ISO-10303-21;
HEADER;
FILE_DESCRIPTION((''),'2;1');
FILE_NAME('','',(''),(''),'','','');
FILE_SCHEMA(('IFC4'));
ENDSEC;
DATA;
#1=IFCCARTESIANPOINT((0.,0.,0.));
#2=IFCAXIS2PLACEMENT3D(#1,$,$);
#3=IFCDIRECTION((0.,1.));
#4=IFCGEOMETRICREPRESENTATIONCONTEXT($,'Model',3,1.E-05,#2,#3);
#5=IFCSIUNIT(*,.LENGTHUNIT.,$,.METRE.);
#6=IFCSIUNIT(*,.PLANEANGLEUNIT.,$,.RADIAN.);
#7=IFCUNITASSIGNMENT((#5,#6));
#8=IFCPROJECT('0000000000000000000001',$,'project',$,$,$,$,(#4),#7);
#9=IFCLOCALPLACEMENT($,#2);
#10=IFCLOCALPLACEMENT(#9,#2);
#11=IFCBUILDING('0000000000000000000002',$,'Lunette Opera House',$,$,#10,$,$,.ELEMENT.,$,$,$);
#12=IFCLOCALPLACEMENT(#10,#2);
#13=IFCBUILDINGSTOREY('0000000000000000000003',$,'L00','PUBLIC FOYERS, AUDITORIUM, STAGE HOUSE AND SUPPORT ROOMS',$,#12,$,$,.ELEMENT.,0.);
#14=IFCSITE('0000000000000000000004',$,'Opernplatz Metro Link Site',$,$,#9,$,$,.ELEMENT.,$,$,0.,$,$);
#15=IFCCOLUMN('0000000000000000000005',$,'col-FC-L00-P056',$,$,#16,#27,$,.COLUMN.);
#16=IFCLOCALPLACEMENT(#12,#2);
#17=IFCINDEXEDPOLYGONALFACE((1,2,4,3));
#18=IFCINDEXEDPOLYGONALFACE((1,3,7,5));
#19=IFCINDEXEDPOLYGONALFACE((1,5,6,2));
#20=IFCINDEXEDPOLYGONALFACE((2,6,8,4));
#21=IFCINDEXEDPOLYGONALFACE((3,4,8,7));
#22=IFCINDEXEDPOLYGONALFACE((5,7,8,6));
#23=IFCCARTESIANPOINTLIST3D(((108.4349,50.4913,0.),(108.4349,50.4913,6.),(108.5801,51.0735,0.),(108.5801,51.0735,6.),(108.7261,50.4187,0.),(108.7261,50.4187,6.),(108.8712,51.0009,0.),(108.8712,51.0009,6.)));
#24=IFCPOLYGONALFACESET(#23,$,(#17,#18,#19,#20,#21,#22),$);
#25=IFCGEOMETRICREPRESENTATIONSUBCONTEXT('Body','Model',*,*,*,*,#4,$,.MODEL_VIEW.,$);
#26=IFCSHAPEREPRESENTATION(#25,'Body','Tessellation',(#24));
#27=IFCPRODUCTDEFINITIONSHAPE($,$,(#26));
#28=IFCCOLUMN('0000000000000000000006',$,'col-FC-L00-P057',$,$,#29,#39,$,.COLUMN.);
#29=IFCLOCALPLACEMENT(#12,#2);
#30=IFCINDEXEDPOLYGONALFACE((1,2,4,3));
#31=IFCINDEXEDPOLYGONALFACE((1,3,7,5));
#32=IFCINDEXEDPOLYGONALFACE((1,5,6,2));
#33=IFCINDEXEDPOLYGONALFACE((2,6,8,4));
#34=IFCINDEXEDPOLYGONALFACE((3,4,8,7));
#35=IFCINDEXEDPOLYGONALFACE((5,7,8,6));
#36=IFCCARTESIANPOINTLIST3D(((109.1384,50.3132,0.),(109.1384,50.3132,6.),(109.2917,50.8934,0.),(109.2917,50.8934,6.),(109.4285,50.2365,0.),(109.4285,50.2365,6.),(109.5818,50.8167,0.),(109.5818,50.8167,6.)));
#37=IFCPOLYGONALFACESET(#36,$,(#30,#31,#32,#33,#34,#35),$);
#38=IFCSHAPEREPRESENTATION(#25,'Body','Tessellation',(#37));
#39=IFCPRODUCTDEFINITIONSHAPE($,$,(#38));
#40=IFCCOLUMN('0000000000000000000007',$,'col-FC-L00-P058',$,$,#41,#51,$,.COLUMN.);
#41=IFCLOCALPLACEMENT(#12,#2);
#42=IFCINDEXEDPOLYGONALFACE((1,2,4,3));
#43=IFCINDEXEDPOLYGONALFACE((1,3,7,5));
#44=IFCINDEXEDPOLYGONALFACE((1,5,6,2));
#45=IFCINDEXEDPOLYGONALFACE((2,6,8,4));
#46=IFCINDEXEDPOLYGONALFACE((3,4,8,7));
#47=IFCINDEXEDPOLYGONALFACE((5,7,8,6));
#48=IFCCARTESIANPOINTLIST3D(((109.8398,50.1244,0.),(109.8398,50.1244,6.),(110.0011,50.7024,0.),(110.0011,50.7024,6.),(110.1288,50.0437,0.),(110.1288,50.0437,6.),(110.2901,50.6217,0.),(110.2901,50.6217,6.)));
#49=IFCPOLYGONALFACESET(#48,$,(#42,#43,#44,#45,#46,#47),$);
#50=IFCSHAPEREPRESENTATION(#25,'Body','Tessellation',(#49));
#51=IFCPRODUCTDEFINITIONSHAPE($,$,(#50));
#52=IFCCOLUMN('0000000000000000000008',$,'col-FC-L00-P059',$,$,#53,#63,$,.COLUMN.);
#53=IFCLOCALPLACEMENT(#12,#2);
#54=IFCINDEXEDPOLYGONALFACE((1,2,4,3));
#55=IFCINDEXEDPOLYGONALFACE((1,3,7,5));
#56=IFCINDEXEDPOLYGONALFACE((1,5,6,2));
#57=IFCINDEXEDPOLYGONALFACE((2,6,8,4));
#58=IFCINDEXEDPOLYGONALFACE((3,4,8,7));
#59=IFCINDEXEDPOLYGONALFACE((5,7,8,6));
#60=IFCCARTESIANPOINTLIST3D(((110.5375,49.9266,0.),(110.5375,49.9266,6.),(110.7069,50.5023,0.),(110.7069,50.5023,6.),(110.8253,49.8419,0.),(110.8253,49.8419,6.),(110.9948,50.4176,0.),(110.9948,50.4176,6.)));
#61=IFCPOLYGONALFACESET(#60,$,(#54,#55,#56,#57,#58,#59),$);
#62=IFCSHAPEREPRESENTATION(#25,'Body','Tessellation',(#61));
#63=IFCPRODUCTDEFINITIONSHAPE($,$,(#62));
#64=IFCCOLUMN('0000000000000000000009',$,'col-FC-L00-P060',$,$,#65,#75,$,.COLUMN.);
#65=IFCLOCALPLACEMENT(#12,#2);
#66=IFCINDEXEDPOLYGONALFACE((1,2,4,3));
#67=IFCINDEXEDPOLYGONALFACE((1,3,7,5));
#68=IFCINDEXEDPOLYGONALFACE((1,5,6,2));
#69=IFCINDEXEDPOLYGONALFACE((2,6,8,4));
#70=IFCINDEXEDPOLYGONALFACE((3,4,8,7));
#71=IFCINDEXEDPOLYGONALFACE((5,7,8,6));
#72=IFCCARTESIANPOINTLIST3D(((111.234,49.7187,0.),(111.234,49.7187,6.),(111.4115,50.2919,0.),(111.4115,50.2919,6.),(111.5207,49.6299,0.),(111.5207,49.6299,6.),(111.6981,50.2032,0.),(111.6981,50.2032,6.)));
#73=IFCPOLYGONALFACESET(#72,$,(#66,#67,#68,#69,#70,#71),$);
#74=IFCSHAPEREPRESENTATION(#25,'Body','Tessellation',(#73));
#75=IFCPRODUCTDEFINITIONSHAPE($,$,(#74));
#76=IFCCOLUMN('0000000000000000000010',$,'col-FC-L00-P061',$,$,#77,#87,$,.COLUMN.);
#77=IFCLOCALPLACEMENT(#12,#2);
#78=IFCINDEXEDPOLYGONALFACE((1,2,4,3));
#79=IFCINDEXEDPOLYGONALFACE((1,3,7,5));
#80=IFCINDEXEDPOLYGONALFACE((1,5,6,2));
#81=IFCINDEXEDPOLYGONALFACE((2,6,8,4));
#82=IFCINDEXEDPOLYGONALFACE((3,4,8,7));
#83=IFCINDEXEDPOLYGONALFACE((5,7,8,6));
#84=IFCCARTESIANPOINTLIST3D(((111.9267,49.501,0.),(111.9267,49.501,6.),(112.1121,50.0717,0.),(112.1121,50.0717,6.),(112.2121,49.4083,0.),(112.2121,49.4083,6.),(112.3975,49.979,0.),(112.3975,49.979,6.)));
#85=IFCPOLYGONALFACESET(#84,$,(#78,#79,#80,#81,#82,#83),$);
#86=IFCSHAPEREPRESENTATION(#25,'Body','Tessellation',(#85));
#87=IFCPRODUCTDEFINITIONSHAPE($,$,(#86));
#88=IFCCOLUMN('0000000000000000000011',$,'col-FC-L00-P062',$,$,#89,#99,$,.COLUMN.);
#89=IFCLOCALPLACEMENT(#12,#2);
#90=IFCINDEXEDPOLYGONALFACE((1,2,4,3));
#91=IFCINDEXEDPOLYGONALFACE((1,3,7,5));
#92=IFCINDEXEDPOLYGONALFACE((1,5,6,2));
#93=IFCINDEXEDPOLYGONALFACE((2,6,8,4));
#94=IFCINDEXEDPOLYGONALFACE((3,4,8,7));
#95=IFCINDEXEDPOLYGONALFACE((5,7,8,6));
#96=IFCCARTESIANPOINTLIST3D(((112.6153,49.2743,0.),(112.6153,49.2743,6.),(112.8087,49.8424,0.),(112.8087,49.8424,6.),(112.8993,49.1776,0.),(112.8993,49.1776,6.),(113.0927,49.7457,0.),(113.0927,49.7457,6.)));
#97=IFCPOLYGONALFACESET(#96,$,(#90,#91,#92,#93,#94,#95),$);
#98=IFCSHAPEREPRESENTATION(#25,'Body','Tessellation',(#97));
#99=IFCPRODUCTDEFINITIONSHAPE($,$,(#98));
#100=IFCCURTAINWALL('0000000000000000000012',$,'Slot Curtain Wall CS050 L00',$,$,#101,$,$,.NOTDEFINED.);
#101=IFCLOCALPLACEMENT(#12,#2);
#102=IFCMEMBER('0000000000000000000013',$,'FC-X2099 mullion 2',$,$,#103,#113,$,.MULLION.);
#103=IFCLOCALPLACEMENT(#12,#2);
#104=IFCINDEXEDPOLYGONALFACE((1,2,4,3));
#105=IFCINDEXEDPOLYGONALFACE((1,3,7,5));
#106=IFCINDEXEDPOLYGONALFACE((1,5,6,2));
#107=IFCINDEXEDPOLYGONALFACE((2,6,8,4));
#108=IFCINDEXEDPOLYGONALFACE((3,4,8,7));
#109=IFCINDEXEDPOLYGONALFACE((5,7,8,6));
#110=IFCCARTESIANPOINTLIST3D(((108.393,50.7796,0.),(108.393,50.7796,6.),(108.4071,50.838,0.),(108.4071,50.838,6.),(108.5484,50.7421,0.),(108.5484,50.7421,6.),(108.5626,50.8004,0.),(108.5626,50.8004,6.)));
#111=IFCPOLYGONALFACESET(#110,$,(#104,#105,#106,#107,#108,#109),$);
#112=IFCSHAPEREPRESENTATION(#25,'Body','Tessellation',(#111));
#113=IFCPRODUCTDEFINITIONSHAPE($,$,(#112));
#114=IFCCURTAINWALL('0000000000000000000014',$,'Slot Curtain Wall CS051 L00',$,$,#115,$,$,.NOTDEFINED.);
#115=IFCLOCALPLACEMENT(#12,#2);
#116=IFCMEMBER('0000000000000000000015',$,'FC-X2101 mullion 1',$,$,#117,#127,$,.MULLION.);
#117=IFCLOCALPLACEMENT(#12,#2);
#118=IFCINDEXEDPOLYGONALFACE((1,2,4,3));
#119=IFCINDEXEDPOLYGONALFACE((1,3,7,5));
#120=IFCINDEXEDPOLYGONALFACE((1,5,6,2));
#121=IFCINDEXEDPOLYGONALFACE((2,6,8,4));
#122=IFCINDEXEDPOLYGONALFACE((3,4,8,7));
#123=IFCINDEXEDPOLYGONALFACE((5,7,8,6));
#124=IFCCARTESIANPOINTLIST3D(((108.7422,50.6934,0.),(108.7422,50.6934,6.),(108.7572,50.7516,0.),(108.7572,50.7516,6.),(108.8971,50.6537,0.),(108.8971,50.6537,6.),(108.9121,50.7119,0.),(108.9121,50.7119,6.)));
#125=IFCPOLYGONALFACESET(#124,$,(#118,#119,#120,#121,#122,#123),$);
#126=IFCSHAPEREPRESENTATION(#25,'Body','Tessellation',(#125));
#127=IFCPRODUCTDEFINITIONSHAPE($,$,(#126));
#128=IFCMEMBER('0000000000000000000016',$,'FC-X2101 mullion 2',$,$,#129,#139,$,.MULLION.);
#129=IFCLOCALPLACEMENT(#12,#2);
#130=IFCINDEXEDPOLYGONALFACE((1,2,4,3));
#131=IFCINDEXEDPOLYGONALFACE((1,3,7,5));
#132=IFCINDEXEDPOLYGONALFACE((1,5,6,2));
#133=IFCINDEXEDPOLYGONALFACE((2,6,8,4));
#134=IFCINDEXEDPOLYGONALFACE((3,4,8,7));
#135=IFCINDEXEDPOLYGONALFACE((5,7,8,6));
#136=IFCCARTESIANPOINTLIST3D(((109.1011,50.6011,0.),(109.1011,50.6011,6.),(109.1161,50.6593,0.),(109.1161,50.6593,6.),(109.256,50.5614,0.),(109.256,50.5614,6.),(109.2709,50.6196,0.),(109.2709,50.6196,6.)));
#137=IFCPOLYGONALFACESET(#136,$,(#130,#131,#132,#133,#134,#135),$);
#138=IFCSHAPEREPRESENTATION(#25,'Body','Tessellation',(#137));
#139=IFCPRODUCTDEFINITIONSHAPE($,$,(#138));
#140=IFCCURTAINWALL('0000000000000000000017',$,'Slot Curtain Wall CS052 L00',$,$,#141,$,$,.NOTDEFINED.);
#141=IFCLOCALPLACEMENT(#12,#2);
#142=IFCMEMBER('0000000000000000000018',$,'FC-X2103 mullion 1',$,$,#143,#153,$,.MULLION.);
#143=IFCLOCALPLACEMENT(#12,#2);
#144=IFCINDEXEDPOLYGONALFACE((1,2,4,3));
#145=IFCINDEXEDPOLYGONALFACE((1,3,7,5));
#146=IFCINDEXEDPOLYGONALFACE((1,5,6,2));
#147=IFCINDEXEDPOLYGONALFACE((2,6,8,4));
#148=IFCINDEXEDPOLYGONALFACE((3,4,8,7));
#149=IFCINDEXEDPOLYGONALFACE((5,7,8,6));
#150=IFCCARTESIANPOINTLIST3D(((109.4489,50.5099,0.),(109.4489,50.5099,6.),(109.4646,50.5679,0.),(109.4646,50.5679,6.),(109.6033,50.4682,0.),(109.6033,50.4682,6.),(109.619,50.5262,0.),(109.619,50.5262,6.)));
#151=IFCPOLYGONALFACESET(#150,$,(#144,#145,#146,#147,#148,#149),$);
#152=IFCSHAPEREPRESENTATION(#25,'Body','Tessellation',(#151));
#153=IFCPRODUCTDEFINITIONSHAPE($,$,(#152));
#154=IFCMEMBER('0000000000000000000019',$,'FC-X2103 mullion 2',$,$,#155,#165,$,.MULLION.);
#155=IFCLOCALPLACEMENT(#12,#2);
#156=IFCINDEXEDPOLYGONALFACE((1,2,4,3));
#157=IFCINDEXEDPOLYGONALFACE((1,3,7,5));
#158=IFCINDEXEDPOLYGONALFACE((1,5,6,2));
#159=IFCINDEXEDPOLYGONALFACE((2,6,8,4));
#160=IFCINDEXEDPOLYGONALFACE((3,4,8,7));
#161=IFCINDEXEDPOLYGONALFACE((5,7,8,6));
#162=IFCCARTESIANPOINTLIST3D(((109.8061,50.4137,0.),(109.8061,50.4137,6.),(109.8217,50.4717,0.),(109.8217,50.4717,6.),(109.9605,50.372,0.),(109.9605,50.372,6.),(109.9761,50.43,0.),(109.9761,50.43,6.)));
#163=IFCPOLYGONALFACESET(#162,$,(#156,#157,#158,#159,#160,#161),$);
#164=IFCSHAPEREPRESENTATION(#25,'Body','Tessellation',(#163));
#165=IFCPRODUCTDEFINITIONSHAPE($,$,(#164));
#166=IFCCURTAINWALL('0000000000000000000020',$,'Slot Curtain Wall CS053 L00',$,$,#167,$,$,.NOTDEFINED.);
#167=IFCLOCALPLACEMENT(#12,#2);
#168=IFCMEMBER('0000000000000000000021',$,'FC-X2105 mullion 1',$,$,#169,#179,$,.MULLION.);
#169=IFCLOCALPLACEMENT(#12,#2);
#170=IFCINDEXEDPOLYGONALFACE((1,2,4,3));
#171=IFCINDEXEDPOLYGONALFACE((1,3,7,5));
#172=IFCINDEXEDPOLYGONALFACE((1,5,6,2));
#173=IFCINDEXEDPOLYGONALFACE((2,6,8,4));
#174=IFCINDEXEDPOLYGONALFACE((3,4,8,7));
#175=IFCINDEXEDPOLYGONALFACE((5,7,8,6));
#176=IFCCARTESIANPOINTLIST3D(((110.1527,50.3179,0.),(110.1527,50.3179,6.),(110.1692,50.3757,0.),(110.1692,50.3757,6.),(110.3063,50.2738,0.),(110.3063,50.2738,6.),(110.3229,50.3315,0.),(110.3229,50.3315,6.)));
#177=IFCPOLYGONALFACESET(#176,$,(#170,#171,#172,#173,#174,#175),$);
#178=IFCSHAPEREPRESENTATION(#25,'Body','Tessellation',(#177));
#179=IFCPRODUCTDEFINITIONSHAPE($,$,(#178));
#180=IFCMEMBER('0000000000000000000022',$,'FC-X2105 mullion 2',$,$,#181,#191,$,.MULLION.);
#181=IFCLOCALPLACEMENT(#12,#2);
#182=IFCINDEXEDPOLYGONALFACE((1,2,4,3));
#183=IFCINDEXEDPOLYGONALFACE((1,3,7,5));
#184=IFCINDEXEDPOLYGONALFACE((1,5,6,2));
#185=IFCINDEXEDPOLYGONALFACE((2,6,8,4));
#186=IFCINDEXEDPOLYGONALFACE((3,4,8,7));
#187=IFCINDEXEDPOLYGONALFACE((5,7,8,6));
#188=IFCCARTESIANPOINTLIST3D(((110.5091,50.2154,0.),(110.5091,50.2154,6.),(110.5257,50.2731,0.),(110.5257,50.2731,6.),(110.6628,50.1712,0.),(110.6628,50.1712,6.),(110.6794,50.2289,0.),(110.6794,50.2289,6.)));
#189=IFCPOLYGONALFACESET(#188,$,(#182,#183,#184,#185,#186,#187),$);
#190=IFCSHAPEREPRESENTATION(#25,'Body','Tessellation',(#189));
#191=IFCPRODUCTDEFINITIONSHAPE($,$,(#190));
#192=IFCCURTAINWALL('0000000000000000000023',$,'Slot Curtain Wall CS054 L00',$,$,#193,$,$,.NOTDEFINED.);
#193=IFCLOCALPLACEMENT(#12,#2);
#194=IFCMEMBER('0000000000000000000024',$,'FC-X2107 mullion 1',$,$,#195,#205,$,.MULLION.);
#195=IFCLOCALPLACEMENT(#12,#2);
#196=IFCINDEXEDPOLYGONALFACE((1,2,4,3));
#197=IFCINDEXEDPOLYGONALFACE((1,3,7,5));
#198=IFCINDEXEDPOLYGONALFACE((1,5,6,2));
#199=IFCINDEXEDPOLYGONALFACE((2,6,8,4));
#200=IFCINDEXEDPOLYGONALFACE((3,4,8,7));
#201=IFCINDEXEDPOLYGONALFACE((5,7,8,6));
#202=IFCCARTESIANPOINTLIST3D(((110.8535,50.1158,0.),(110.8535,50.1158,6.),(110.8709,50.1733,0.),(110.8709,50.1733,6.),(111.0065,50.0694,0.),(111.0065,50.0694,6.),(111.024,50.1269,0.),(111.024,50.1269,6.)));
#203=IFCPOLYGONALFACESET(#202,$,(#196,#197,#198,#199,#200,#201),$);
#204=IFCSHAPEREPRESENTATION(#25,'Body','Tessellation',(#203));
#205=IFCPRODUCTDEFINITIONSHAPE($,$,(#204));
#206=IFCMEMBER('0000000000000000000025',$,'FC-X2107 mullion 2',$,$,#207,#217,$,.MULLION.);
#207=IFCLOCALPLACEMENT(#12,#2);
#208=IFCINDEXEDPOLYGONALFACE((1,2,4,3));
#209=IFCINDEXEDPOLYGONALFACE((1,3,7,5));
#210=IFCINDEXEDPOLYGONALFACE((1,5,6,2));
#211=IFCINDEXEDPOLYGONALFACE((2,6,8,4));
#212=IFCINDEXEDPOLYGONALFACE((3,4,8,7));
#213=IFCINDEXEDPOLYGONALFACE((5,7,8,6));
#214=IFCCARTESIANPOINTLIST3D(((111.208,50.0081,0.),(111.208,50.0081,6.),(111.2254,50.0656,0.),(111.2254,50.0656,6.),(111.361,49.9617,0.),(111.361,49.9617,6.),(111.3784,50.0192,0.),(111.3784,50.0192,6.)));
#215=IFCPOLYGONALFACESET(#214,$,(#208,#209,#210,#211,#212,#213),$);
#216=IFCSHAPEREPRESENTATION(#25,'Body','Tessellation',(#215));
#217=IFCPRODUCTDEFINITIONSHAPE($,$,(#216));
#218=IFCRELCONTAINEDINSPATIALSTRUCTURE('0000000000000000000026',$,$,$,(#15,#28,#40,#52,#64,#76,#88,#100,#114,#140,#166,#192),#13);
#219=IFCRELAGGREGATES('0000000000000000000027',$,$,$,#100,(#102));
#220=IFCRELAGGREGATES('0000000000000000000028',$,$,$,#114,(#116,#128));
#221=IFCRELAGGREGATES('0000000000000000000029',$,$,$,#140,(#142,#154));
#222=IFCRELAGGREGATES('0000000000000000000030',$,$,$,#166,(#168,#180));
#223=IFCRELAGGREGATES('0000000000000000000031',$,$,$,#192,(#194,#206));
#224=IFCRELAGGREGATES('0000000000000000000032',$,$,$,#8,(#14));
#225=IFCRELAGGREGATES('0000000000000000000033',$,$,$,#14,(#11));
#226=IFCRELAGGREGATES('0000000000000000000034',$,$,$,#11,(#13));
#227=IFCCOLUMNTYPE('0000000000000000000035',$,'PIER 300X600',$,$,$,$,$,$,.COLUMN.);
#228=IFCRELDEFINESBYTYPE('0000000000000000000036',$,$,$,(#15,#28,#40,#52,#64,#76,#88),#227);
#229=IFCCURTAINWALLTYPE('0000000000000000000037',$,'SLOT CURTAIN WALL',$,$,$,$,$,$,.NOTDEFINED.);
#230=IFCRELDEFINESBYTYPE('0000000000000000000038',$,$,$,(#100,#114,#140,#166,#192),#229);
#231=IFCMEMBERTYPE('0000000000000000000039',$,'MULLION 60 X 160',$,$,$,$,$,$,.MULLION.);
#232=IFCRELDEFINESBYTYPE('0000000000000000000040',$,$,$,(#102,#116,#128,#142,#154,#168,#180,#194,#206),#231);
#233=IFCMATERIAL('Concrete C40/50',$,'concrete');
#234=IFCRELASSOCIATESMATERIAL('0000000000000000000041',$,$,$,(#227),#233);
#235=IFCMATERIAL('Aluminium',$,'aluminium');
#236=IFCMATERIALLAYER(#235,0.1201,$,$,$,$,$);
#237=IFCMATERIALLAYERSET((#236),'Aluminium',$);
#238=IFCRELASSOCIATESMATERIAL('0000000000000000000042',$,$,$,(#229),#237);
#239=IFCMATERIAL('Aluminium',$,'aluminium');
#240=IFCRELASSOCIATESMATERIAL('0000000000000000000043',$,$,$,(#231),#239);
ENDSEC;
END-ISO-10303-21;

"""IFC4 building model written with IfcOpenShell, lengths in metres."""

from ifc_helpers import new_model, si_unit, direction, frame, origin, origin_2d, place, context, subcontext, project, spatial, rectangle, extrude, material, layer, layer_set, material_profile, profile_set, type_object, element, aggregate, save


model = new_model("IFC4")

# Units and contexts
model_context = context("Model", 3, precision=1e-05, world=origin(), true_north=direction((0.0, 1.0)))
body_context = subcontext(model_context, "Body", "Model", "MODEL_VIEW")
ifc_project = project(units=[si_unit("LENGTHUNIT", "METRE"), si_unit("PLANEANGLEUNIT", "RADIAN")], contexts=[model_context])

# Site, building, storey
site_placement = place(None, origin())
site = spatial("IfcSite", under=ifc_project, at=site_placement, Name="Opernplatz Metro Link Site", CompositionType="ELEMENT", RefElevation=0.0)
building_placement = place(site_placement, origin())
building = spatial("IfcBuilding", under=site, at=building_placement, Name="Lunette Opera House", CompositionType="ELEMENT")
storey_placement = place(building_placement, origin())
storey = spatial("IfcBuildingStorey", under=building, at=storey_placement, Name="L00", Description="PUBLIC FOYERS, AUDITORIUM, STAGE HOUSE AND SUPPORT ROOMS", CompositionType="ELEMENT", Elevation=0.0)

# Columns
ifc_material_1 = material(Name="Concrete C40/50", Category="concrete")
ifc_material_profile_1 = material_profile(ifc_material_1, rectangle(XDim=0.3, YDim=0.6001, at=origin_2d()), Name="PIER 300X600")
ifc_profile_set_1 = profile_set([ifc_material_profile_1], Name="Concrete C40/50")
column_type = type_object("IfcColumnType", Name="PIER 300X600", PredefinedType="COLUMN", material=ifc_profile_set_1)
for number, where, z_axis, x_axis, name in (
    (1, (108.6531, 50.7461, 0.0), (0.0, 0.0, 1.0), (0.970296, -0.241922, 0.0), "col-FC-L00-P056"),
    (2, (109.3601, 50.5649, 0.0), (0.0, 0.0, 1.0), (0.966823, -0.255446, 0.0), "col-FC-L00-P057"),
    (3, (110.0649, 50.373, 0.0), (0.0, 0.0, 1.0), (0.963163, -0.26892, 0.0), "col-FC-L00-P058"),
    (4, (110.7661, 50.1721, 0.0), (0.0, 0.0, 1.0), (0.959314, -0.282341, 0.0), "col-FC-L00-P059"),
    (5, (111.4661, 49.9609, 0.0), (0.0, 0.0, 1.0), (0.955278, -0.295708, 0.0), "col-FC-L00-P060"),
    (6, (112.1621, 49.74, 0.0), (0.0, 0.0, 1.0), (0.951057, -0.309017, 0.0), "col-FC-L00-P061"),
    (7, (112.854, 49.51, 0.0), (0.0, 0.0, 1.0), (0.946649, -0.322266, 0.0), "col-FC-L00-P062"),
):
    element("IfcColumn", number, at=place(storey_placement, frame(where, z_axis=z_axis, x_axis=x_axis)), inside=storey, type_object=column_type, Name=name, PredefinedType="COLUMN", context=body_context, shape_type="SweptSolid", body=[
        extrude(rectangle(XDim=0.3, YDim=0.6001, at=origin_2d()), origin(), (0.0, 0.0, 1.0), 6.0),
    ])

# Curtain wall, member
ifc_material_2 = material(Name="Aluminium", Category="aluminium")
ifc_layer_1 = layer(ifc_material_2, 0.1201)
ifc_layer_set_1 = layer_set([ifc_layer_1], Name="Aluminium")
curtain_wall_type = type_object("IfcCurtainWallType", Name="SLOT CURTAIN WALL", PredefinedType="NOTDEFINED", material=ifc_layer_set_1)
curtain_wall_1_placement = place(storey_placement, origin())
curtain_wall_1 = element("IfcCurtainWall", 8, at=curtain_wall_1_placement, inside=storey, type_object=curtain_wall_type, Name="Slot Curtain Wall CS050 L00", PredefinedType="NOTDEFINED")
ifc_material_3 = material(Name="Aluminium", Category="aluminium")
ifc_material_profile_2 = material_profile(ifc_material_3, rectangle(XDim=0.0601, YDim=0.1599, at=origin_2d()), Name="MULLION 60 X 160")
ifc_profile_set_2 = profile_set([ifc_material_profile_2], Name="Aluminium")
member_type_1 = type_object("IfcMemberType", Name="MULLION 60 X 160", PredefinedType="MULLION", material=ifc_profile_set_2)
member_1_placement = place(storey_placement, frame((108.4778, 50.79, 0.0), z_axis=(0.0, 0.0, 1.0), x_axis=(0.234868, 0.972027, 0.0)))
member_1 = element("IfcMember", 9, at=member_1_placement, type_object=member_type_1, Name="FC-X2099 mullion 2", PredefinedType="MULLION", context=body_context, shape_type="SweptSolid", body=[
    extrude(rectangle(XDim=0.0601, YDim=0.1599, at=origin_2d()), origin(), (0.0, 0.0, 1.0), 6.0),
])
aggregate(curtain_wall_1, [member_1])

# Curtain walls, members
curtain_wall_2_placement = place(storey_placement, origin())
curtain_wall_2 = element("IfcCurtainWall", 10, at=curtain_wall_2_placement, inside=storey, type_object=curtain_wall_type, Name="Slot Curtain Wall CS051 L00", PredefinedType="NOTDEFINED")
member_2_placement = place(storey_placement, frame((108.8271, 50.7026, 0.0), z_axis=(0.0, 0.0, 1.0), x_axis=(0.248543, 0.968621, 0.0)))
member_2 = element("IfcMember", 11, at=member_2_placement, type_object=member_type_1, Name="FC-X2101 mullion 1", PredefinedType="MULLION", context=body_context, shape_type="SweptSolid", body=[
    extrude(rectangle(XDim=0.0601, YDim=0.1599, at=origin_2d()), origin(), (0.0, 0.0, 1.0), 6.0),
])
member_3_placement = place(storey_placement, frame((109.186, 50.6104, 0.0), z_axis=(0.0, 0.0, 1.0), x_axis=(0.248543, 0.968621, 0.0)))
member_3 = element("IfcMember", 12, at=member_3_placement, type_object=member_type_1, Name="FC-X2101 mullion 2", PredefinedType="MULLION", context=body_context, shape_type="SweptSolid", body=[
    extrude(rectangle(XDim=0.0601, YDim=0.1599, at=origin_2d()), origin(), (0.0, 0.0, 1.0), 6.0),
])
curtain_wall_3_placement = place(storey_placement, origin())
curtain_wall_3 = element("IfcCurtainWall", 13, at=curtain_wall_3_placement, inside=storey, type_object=curtain_wall_type, Name="Slot Curtain Wall CS052 L00", PredefinedType="NOTDEFINED")
member_4_placement = place(storey_placement, frame((109.5339, 50.5181, 0.0), z_axis=(0.0, 0.0, 1.0), x_axis=(0.260557, 0.965458, 0.0)))
member_4 = element("IfcMember", 14, at=member_4_placement, type_object=member_type_1, Name="FC-X2103 mullion 1", PredefinedType="MULLION", context=body_context, shape_type="SweptSolid", body=[
    extrude(rectangle(XDim=0.0601, YDim=0.1599, at=origin_2d()), origin(), (0.0, 0.0, 1.0), 6.0),
])
member_5_placement = place(storey_placement, frame((109.8911, 50.4219, 0.0), z_axis=(0.0, 0.0, 1.0), x_axis=(0.260557, 0.965458, 0.0)))
member_5 = element("IfcMember", 15, at=member_5_placement, type_object=member_type_1, Name="FC-X2103 mullion 2", PredefinedType="MULLION", context=body_context, shape_type="SweptSolid", body=[
    extrude(rectangle(XDim=0.0601, YDim=0.1599, at=origin_2d()), origin(), (0.0, 0.0, 1.0), 6.0),
])
curtain_wall_4_placement = place(storey_placement, origin())
curtain_wall_4 = element("IfcCurtainWall", 16, at=curtain_wall_4_placement, inside=storey, type_object=curtain_wall_type, Name="Slot Curtain Wall CS053 L00", PredefinedType="NOTDEFINED")
member_6_placement = place(storey_placement, frame((110.2378, 50.3247, 0.0), z_axis=(0.0, 0.0, 1.0), x_axis=(0.276254, 0.961085, 0.0)))
member_6 = element("IfcMember", 17, at=member_6_placement, type_object=member_type_1, Name="FC-X2105 mullion 1", PredefinedType="MULLION", context=body_context, shape_type="SweptSolid", body=[
    extrude(rectangle(XDim=0.0601, YDim=0.1599, at=origin_2d()), origin(), (0.0, 0.0, 1.0), 6.0),
])
member_7_placement = place(storey_placement, frame((110.5942, 50.2222, 0.0), z_axis=(0.0, 0.0, 1.0), x_axis=(0.276254, 0.961085, 0.0)))
member_7 = element("IfcMember", 18, at=member_7_placement, type_object=member_type_1, Name="FC-X2105 mullion 2", PredefinedType="MULLION", context=body_context, shape_type="SweptSolid", body=[
    extrude(rectangle(XDim=0.0601, YDim=0.1599, at=origin_2d()), origin(), (0.0, 0.0, 1.0), 6.0),
])
curtain_wall_5_placement = place(storey_placement, origin())
curtain_wall_5 = element("IfcCurtainWall", 19, at=curtain_wall_5_placement, inside=storey, type_object=curtain_wall_type, Name="Slot Curtain Wall CS054 L00", PredefinedType="NOTDEFINED")
member_8_placement = place(storey_placement, frame((110.9387, 50.1213, 0.0), z_axis=(0.0, 0.0, 1.0), x_axis=(0.29033, 0.956927, 0.0)))
member_8 = element("IfcMember", 20, at=member_8_placement, type_object=member_type_1, Name="FC-X2107 mullion 1", PredefinedType="MULLION", context=body_context, shape_type="SweptSolid", body=[
    extrude(rectangle(XDim=0.0601, YDim=0.1599, at=origin_2d()), origin(), (0.0, 0.0, 1.0), 6.0),
])
member_9_placement = place(storey_placement, frame((111.2932, 50.0137, 0.0), z_axis=(0.0, 0.0, 1.0), x_axis=(0.29033, 0.956927, 0.0)))
member_9 = element("IfcMember", 21, at=member_9_placement, type_object=member_type_1, Name="FC-X2107 mullion 2", PredefinedType="MULLION", context=body_context, shape_type="SweptSolid", body=[
    extrude(rectangle(XDim=0.0601, YDim=0.1599, at=origin_2d()), origin(), (0.0, 0.0, 1.0), 6.0),
])

aggregate(curtain_wall_2, [member_2, member_3])

aggregate(curtain_wall_3, [member_4, member_5])
aggregate(curtain_wall_4, [member_6, member_7])
aggregate(curtain_wall_5, [member_8, member_9])

save(model, "model.ifc")
